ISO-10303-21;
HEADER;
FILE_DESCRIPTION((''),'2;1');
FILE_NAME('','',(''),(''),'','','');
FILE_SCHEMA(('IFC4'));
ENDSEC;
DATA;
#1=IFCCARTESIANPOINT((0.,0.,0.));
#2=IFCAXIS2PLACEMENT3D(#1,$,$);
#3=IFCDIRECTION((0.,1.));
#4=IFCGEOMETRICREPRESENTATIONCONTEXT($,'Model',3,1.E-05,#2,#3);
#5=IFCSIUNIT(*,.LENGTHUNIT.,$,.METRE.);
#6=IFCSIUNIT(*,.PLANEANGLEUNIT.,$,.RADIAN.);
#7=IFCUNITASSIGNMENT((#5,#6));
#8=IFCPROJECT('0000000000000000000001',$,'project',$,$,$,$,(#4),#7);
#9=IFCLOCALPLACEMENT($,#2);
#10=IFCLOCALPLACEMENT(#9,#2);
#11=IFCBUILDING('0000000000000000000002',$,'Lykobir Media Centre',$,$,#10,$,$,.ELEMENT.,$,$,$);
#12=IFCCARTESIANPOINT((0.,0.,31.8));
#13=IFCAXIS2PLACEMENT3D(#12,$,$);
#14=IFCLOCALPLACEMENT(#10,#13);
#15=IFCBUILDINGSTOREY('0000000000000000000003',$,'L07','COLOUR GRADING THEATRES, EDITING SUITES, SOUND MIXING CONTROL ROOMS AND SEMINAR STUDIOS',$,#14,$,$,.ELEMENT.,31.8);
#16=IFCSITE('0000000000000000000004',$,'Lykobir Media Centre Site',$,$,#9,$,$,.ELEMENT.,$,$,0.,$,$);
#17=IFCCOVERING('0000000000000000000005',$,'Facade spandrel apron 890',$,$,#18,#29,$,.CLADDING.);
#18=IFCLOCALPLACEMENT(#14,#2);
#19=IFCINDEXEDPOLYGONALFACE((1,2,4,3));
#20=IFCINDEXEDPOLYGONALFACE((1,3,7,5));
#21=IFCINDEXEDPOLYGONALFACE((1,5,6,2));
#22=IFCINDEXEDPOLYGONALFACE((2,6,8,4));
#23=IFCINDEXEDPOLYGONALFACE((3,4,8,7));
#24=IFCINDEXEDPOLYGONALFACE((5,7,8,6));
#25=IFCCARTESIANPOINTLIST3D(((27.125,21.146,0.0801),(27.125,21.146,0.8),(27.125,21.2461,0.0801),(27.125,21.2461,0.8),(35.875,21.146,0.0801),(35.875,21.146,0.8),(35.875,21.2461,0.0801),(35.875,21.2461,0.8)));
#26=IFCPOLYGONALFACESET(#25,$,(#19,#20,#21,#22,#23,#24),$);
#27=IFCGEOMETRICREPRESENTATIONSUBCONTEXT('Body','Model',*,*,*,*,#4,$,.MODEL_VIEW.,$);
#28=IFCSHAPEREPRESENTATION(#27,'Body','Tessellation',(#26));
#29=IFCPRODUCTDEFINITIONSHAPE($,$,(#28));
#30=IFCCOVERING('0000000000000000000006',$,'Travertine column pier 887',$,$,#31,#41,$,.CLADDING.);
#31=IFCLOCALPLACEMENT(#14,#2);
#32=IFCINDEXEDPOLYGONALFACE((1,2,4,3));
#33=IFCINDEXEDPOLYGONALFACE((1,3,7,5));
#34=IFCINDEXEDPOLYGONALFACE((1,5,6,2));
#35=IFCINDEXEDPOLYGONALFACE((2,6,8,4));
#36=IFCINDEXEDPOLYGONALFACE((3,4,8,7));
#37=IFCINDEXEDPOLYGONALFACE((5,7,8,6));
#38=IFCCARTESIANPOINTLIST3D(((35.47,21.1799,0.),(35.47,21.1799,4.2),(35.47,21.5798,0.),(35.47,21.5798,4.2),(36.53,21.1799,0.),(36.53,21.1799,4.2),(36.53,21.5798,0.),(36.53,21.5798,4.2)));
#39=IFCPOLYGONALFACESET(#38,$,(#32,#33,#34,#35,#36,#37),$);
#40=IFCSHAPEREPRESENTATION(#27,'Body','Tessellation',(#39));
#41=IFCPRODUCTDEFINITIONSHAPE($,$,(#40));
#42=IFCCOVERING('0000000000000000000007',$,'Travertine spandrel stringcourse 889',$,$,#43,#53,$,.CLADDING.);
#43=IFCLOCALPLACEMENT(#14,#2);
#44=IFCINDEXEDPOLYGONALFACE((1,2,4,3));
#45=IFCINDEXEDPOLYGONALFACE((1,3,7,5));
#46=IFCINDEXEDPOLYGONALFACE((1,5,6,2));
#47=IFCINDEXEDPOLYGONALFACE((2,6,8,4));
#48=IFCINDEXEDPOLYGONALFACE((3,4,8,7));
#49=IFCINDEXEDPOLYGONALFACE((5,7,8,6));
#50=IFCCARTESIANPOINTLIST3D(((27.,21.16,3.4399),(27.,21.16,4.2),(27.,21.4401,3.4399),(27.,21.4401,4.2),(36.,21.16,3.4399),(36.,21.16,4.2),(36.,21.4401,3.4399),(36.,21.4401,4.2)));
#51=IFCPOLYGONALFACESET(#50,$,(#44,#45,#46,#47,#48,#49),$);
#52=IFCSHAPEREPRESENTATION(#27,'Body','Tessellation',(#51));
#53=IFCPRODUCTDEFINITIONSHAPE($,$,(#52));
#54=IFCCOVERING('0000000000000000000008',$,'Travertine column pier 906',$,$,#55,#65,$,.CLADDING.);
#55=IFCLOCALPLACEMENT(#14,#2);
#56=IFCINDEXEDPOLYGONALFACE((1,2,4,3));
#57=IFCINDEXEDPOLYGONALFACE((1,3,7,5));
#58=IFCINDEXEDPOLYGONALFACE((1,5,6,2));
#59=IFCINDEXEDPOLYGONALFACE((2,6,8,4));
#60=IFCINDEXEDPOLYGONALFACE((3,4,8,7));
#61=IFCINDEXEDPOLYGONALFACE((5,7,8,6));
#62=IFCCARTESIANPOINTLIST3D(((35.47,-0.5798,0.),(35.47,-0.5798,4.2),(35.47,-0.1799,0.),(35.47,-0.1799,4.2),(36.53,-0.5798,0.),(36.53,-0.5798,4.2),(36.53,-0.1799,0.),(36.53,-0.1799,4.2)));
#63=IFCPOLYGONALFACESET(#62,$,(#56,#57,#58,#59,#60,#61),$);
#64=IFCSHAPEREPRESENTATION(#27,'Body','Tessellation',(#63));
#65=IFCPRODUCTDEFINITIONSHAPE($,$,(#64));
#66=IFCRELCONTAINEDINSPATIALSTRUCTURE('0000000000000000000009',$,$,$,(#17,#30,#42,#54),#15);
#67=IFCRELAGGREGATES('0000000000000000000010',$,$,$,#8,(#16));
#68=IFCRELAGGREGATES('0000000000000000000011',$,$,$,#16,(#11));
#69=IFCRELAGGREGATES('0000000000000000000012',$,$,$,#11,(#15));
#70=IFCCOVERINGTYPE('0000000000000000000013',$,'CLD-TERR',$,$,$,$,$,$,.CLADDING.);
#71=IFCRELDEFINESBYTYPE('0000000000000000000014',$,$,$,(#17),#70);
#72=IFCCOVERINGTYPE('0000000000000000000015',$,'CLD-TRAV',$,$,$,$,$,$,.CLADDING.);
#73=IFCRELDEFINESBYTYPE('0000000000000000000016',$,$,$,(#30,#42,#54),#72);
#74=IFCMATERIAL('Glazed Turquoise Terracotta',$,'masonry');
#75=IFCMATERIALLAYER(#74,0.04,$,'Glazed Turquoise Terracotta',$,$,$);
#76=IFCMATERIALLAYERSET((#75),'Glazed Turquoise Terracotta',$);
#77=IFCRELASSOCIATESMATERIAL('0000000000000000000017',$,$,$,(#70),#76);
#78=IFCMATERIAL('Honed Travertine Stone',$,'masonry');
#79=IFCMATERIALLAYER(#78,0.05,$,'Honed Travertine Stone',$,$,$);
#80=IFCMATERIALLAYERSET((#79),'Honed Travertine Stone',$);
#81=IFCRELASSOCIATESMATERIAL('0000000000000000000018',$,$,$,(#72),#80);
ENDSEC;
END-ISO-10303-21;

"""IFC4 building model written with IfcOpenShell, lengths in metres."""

from ifc_helpers import new_model, si_unit, direction, frame, origin, origin_2d, place, context, subcontext, project, spatial, rectangle, extrude, material, layer, layer_set, type_object, element, save


model = new_model("IFC4")

# Units and contexts
model_context = context("Model", 3, precision=1e-05, world=origin(), true_north=direction((0.0, 1.0)))
body_context = subcontext(model_context, "Body", "Model", "MODEL_VIEW")
ifc_project = project(units=[si_unit("LENGTHUNIT", "METRE"), si_unit("PLANEANGLEUNIT", "RADIAN")], contexts=[model_context])

# Site, building, storey
site_placement = place(None, origin())
site = spatial("IfcSite", under=ifc_project, at=site_placement, Name="Lykobir Media Centre Site", CompositionType="ELEMENT", RefElevation=0.0)
building_placement = place(site_placement, origin())
building = spatial("IfcBuilding", under=site, at=building_placement, Name="Lykobir Media Centre", CompositionType="ELEMENT")
storey_placement = place(building_placement, frame((0.0, 0.0, 31.8)))
storey = spatial("IfcBuildingStorey", under=building, at=storey_placement, Name="L07", Description="COLOUR GRADING THEATRES, EDITING SUITES, SOUND MIXING CONTROL ROOMS AND SEMINAR STUDIOS", CompositionType="ELEMENT", Elevation=31.8)

# Coverings
ifc_material_1 = material(Name="Glazed Turquoise Terracotta", Category="masonry")
ifc_layer_1 = layer(ifc_material_1, 0.04, Name="Glazed Turquoise Terracotta")
ifc_layer_set_1 = layer_set([ifc_layer_1], Name="Glazed Turquoise Terracotta")
covering_type_1 = type_object("IfcCoveringType", Name="CLD-TERR", PredefinedType="CLADDING", material=ifc_layer_set_1)
covering_1_placement = place(storey_placement, frame((31.5, 21.196, 0.0801), z_axis=(0.0, 0.0, 1.0), x_axis=(-1.0, 0.0, 0.0)))
element("IfcCovering", 1, at=covering_1_placement, inside=storey, type_object=covering_type_1, Name="Facade spandrel apron 890", PredefinedType="CLADDING", context=body_context, shape_type="SweptSolid", body=[
    extrude(rectangle(XDim=8.75, YDim=0.1001, at=origin_2d()), origin(), (0.0, 0.0, 1.0), 0.72),
])
ifc_material_2 = material(Name="Honed Travertine Stone", Category="masonry")
ifc_layer_2 = layer(ifc_material_2, 0.05, Name="Honed Travertine Stone")
ifc_layer_set_2 = layer_set([ifc_layer_2], Name="Honed Travertine Stone")
covering_type_2 = type_object("IfcCoveringType", Name="CLD-TRAV", PredefinedType="CLADDING", material=ifc_layer_set_2)
covering_2_placement = place(storey_placement, frame((36.0, 21.3799, 0.0), z_axis=(0.0, 0.0, 1.0), x_axis=(-1.0, 0.0, 0.0)))
element("IfcCovering", 2, at=covering_2_placement, inside=storey, type_object=covering_type_2, Name="Travertine column pier 887", PredefinedType="CLADDING", context=body_context, shape_type="SweptSolid", body=[
    extrude(rectangle(XDim=1.0601, YDim=0.3999, at=origin_2d()), origin(), (0.0, 0.0, 1.0), 4.2),
])
covering_3_placement = place(storey_placement, frame((31.5, 21.3, 3.4399), z_axis=(0.0, 0.0, 1.0), x_axis=(-1.0, 0.0, 0.0)))
element("IfcCovering", 3, at=covering_3_placement, inside=storey, type_object=covering_type_2, Name="Travertine spandrel stringcourse 889", PredefinedType="CLADDING", context=body_context, shape_type="SweptSolid", body=[
    extrude(rectangle(XDim=9.0, YDim=0.28, at=origin_2d()), origin(), (0.0, 0.0, 1.0), 0.76),
])
covering_4_placement = place(storey_placement, frame((36.0, -0.3799, 0.0), z_axis=(0.0, 0.0, 1.0), x_axis=(1.0, 0.0, 0.0)))
element("IfcCovering", 4, at=covering_4_placement, inside=storey, type_object=covering_type_2, Name="Travertine column pier 906", PredefinedType="CLADDING", context=body_context, shape_type="SweptSolid", body=[
    extrude(rectangle(XDim=1.0601, YDim=0.3999, at=origin_2d()), origin(), (0.0, 0.0, 1.0), 4.2),
])

save(model, "model.ifc")
